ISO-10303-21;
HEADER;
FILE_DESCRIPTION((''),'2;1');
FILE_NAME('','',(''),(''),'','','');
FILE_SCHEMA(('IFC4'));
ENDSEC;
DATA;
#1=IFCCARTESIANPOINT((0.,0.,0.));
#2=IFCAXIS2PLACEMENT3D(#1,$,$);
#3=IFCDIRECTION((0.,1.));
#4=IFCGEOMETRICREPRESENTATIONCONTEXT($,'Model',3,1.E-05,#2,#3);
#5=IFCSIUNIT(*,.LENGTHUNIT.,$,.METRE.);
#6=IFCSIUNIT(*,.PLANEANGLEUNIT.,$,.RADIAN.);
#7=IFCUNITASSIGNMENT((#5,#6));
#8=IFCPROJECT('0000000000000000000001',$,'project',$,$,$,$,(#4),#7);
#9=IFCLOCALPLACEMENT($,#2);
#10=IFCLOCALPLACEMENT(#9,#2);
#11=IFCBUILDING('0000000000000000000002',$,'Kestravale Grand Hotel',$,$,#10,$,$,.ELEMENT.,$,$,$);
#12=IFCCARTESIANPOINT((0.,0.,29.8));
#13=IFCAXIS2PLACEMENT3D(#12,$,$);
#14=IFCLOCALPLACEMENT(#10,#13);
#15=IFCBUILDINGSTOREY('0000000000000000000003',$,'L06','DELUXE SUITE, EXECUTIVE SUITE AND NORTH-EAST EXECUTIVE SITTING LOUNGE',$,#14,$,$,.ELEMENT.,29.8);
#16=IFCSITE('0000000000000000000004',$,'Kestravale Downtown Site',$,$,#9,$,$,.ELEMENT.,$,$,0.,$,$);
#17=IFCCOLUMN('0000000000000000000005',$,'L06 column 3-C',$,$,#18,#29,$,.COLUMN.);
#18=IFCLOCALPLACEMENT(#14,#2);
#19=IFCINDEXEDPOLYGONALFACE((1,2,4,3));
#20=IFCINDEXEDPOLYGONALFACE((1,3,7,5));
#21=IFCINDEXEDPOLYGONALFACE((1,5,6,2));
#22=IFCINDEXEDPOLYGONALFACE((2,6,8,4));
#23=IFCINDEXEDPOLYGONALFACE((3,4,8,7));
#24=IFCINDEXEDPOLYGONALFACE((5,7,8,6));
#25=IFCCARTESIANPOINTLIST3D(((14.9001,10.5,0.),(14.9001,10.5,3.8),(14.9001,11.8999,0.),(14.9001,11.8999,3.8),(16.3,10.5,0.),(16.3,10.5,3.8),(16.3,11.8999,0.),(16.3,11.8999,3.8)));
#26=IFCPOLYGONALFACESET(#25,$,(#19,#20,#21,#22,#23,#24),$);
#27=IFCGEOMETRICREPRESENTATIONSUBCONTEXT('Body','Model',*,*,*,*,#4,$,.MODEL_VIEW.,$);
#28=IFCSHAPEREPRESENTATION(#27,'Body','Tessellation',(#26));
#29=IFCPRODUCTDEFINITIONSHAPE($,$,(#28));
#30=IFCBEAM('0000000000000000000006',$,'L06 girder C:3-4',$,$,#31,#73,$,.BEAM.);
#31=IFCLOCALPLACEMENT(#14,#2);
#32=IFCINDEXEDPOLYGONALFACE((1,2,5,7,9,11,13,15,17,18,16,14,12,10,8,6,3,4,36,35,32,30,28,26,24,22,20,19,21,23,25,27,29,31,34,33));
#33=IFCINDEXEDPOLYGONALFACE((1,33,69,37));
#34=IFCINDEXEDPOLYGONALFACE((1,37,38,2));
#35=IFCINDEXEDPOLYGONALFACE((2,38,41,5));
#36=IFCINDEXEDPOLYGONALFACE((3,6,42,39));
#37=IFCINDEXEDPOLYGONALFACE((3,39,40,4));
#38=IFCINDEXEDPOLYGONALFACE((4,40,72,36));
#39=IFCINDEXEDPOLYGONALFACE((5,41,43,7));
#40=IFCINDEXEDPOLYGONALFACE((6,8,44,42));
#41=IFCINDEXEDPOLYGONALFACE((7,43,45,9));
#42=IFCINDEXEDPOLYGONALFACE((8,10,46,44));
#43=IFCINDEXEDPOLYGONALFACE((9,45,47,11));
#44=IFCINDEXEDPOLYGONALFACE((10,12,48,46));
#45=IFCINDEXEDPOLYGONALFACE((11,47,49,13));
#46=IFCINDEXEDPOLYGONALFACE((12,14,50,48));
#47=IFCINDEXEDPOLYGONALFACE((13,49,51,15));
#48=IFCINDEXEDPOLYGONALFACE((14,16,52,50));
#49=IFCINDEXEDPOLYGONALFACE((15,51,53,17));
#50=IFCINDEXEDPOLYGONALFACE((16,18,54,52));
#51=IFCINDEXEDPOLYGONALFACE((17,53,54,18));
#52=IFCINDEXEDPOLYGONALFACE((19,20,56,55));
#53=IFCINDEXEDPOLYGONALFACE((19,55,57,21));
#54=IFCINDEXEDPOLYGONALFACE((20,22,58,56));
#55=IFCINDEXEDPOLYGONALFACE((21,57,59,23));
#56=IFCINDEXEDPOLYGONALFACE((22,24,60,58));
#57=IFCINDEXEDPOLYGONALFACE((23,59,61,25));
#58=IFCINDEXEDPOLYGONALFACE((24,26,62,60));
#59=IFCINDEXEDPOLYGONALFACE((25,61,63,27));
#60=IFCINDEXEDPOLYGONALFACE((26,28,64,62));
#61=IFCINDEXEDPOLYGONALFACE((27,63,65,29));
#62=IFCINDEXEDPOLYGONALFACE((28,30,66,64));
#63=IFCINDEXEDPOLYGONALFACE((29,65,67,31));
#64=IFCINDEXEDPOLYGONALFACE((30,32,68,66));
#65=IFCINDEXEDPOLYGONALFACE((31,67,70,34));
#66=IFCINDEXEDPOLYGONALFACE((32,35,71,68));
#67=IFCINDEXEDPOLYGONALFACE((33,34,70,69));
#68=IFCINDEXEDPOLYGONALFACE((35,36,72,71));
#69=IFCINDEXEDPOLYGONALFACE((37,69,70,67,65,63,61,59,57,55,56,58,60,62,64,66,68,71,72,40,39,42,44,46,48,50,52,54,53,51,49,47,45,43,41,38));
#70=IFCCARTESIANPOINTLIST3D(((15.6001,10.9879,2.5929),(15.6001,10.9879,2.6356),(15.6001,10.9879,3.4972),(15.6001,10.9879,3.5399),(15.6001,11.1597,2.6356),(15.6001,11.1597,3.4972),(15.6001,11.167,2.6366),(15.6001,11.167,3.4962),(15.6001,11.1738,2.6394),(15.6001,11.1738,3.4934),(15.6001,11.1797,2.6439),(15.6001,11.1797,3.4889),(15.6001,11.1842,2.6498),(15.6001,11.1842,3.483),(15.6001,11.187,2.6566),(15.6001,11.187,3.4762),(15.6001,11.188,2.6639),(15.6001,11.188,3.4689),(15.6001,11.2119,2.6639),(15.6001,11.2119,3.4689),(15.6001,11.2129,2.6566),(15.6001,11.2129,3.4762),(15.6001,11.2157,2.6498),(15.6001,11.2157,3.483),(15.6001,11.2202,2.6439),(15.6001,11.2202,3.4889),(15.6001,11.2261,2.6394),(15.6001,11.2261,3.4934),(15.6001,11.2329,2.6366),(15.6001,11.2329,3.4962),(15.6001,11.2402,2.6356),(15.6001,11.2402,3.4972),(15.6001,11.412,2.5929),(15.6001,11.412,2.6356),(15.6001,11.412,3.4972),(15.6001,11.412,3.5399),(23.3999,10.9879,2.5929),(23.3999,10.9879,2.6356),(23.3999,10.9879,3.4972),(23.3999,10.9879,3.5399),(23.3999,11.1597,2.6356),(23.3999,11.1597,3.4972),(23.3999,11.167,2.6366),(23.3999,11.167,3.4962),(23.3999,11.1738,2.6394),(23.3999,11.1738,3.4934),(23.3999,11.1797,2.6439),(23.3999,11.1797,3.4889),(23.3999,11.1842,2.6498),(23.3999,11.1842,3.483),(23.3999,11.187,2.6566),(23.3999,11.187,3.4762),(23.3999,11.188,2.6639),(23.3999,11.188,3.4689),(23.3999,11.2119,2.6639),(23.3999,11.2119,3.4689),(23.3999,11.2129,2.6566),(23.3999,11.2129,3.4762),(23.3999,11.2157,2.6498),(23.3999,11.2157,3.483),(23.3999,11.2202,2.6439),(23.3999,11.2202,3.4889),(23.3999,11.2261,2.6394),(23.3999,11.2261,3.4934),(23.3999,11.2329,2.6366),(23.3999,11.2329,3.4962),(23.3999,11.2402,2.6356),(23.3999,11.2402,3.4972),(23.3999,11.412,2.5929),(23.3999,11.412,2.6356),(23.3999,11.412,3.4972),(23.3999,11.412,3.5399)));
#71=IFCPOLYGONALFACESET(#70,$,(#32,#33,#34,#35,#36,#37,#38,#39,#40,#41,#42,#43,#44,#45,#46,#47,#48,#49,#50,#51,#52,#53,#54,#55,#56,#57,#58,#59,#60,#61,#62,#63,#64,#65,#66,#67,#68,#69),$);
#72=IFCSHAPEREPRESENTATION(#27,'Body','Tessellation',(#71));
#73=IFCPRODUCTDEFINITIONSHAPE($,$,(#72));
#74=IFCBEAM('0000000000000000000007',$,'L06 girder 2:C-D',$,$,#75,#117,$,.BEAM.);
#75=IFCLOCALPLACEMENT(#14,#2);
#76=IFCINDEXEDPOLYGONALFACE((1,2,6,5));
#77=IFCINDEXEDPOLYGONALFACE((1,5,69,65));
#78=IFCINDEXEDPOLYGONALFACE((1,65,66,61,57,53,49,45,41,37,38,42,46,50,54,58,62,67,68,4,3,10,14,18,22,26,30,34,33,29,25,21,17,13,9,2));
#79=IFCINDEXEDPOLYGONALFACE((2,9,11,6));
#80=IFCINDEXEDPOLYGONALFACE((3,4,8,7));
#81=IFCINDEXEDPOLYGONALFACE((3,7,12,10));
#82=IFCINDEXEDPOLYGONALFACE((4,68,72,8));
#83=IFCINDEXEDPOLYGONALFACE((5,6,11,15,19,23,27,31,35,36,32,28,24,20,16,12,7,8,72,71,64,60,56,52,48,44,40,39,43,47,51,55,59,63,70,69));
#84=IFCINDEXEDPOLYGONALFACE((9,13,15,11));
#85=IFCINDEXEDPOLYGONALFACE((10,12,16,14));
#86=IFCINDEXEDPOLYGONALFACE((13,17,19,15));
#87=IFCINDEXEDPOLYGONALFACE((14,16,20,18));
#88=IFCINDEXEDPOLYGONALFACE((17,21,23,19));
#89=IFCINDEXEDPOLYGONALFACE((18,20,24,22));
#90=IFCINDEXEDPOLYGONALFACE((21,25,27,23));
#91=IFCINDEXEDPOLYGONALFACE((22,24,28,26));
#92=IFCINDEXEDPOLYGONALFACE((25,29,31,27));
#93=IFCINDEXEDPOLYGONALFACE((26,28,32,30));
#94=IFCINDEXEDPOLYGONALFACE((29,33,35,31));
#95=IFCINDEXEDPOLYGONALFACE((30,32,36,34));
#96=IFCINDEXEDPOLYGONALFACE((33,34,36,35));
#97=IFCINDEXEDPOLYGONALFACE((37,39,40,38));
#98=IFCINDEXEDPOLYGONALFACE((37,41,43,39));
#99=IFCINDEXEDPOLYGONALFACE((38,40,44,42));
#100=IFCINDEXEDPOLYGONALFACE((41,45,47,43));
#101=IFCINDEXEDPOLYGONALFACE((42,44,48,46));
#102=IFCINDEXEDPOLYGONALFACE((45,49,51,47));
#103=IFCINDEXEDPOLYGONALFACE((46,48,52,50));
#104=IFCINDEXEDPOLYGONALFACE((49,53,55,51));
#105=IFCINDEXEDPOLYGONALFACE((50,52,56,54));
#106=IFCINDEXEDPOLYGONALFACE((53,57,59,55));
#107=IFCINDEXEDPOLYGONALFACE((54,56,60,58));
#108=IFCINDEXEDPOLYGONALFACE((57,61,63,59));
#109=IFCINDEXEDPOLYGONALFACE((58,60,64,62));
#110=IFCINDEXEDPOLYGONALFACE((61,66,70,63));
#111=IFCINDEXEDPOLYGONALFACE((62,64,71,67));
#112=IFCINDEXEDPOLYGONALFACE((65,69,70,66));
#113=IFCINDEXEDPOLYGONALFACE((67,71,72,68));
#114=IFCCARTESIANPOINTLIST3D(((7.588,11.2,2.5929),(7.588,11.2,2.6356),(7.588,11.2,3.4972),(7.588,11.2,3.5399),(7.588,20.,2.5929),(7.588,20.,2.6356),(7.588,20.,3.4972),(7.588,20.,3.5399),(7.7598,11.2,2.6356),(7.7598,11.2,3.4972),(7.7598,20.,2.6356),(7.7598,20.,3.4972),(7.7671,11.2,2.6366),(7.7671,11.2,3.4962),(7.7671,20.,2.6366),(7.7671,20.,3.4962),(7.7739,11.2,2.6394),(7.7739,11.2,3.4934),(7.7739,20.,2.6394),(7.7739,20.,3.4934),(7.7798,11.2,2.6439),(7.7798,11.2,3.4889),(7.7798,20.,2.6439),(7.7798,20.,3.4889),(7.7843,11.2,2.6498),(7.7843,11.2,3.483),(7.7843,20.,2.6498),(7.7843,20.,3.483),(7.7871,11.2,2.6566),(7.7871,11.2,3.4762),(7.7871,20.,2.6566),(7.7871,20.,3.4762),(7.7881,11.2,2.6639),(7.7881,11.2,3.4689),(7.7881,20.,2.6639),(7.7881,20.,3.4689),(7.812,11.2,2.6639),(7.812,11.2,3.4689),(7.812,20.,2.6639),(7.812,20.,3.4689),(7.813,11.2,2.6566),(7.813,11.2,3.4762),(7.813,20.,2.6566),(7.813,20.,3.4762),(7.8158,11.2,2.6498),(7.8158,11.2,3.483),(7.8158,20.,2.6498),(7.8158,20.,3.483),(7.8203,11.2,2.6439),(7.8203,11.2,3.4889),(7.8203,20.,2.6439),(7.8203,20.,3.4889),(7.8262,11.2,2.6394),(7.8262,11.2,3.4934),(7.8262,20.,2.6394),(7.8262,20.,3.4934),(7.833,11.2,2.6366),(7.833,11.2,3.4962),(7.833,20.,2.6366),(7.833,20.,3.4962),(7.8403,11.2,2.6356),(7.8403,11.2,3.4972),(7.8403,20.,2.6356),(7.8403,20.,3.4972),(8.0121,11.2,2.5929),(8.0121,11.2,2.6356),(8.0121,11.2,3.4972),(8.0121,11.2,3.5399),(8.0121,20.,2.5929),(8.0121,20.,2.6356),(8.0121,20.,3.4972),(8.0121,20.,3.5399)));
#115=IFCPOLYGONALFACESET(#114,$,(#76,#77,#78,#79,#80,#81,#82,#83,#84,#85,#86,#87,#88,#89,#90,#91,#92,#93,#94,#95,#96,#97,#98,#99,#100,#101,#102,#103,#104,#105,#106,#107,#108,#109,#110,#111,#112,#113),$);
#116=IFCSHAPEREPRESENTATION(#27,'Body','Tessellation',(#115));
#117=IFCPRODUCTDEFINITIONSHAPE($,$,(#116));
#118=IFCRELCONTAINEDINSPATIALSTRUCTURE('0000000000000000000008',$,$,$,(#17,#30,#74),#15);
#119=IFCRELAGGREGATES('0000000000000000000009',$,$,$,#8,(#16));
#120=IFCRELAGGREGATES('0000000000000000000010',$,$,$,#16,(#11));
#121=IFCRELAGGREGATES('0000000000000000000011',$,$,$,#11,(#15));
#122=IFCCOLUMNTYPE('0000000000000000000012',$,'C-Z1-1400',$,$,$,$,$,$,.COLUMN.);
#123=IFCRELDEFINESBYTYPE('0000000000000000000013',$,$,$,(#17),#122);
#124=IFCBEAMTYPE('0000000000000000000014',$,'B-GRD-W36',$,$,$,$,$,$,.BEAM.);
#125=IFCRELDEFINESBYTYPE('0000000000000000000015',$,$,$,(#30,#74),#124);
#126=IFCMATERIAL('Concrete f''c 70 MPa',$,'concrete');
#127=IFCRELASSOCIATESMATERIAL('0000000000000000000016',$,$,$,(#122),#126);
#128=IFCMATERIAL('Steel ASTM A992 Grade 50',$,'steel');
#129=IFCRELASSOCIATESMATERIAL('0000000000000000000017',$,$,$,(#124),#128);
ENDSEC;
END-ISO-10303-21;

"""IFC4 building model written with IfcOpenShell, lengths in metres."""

from ifc_helpers import new_model, si_unit, direction, frame, origin, origin_2d, place, context, subcontext, project, spatial, rectangle, i_section, extrude, material, material_profile, profile_set, type_object, element, save


model = new_model("IFC4")

# Units and contexts
model_context = context("Model", 3, precision=1e-05, world=origin(), true_north=direction((0.0, 1.0)))
body_context = subcontext(model_context, "Body", "Model", "MODEL_VIEW")
ifc_project = project(units=[si_unit("LENGTHUNIT", "METRE"), si_unit("PLANEANGLEUNIT", "RADIAN")], contexts=[model_context])

# Site, building, storey
site_placement = place(None, origin())
site = spatial("IfcSite", under=ifc_project, at=site_placement, Name="Kestravale Downtown Site", CompositionType="ELEMENT", RefElevation=0.0)
building_placement = place(site_placement, origin())
building = spatial("IfcBuilding", under=site, at=building_placement, Name="Kestravale Grand Hotel", CompositionType="ELEMENT")
storey_placement = place(building_placement, frame((0.0, 0.0, 29.8)))
storey = spatial("IfcBuildingStorey", under=building, at=storey_placement, Name="L06", Description="DELUXE SUITE, EXECUTIVE SUITE AND NORTH-EAST EXECUTIVE SITTING LOUNGE", CompositionType="ELEMENT", Elevation=29.8)

# Column
ifc_material_1 = material(Name="Concrete f'c 70 MPa", Category="concrete")
ifc_material_profile_1 = material_profile(ifc_material_1, rectangle(XDim=1.3999, YDim=1.3999, at=origin_2d()))
ifc_profile_set_1 = profile_set([ifc_material_profile_1], Name="Concrete f'c 70 MPa")
column_type = type_object("IfcColumnType", Name="C-Z1-1400", PredefinedType="COLUMN", material=ifc_profile_set_1)
column_placement = place(storey_placement, frame((15.6001, 11.2, 0.0), z_axis=(0.0, 0.0, 1.0), x_axis=(1.0, 0.0, 0.0)))
element("IfcColumn", 1, at=column_placement, inside=storey, type_object=column_type, Name="L06 column 3-C", PredefinedType="COLUMN", context=body_context, shape_type="SweptSolid", body=[
    extrude(rectangle(XDim=1.3999, YDim=1.3999, at=origin_2d()), origin(), (0.0, 0.0, 1.0), 3.8),
])

# Beams
ifc_material_2 = material(Name="Steel ASTM A992 Grade 50", Category="steel")
ifc_material_profile_2 = material_profile(ifc_material_2, i_section(OverallWidth=0.4241, OverallDepth=0.947, WebThickness=0.0239, FlangeThickness=0.0427, FilletRadius=0.0283, at=origin_2d()))
ifc_profile_set_2 = profile_set([ifc_material_profile_2], Name="Steel ASTM A992 Grade 50")
beam_type = type_object("IfcBeamType", Name="B-GRD-W36", PredefinedType="BEAM", material=ifc_profile_set_2)
beam_1_placement = place(storey_placement, frame((15.6001, 11.2, 3.0664), z_axis=(1.0, 0.0, 0.0), x_axis=(0.0, 1.0, 0.0)))
element("IfcBeam", 2, at=beam_1_placement, inside=storey, type_object=beam_type, Name="L06 girder C:3-4", PredefinedType="BEAM", context=body_context, shape_type="SweptSolid", body=[
    extrude(i_section(OverallWidth=0.4241, OverallDepth=0.947, WebThickness=0.0239, FlangeThickness=0.0427, FilletRadius=0.0283, at=origin_2d()), origin(), (0.0, 0.0, 1.0), 7.7998),
])
beam_2_placement = place(storey_placement, frame((7.8, 11.2, 3.0664), z_axis=(0.0, 1.0, 0.0), x_axis=(-1.0, 0.0, 0.0)))
element("IfcBeam", 3, at=beam_2_placement, inside=storey, type_object=beam_type, Name="L06 girder 2:C-D", PredefinedType="BEAM", context=body_context, shape_type="SweptSolid", body=[
    extrude(i_section(OverallWidth=0.4241, OverallDepth=0.947, WebThickness=0.0239, FlangeThickness=0.0427, FilletRadius=0.0283, at=origin_2d()), origin(), (0.0, 0.0, 1.0), 8.8),
])

save(model, "model.ifc")
